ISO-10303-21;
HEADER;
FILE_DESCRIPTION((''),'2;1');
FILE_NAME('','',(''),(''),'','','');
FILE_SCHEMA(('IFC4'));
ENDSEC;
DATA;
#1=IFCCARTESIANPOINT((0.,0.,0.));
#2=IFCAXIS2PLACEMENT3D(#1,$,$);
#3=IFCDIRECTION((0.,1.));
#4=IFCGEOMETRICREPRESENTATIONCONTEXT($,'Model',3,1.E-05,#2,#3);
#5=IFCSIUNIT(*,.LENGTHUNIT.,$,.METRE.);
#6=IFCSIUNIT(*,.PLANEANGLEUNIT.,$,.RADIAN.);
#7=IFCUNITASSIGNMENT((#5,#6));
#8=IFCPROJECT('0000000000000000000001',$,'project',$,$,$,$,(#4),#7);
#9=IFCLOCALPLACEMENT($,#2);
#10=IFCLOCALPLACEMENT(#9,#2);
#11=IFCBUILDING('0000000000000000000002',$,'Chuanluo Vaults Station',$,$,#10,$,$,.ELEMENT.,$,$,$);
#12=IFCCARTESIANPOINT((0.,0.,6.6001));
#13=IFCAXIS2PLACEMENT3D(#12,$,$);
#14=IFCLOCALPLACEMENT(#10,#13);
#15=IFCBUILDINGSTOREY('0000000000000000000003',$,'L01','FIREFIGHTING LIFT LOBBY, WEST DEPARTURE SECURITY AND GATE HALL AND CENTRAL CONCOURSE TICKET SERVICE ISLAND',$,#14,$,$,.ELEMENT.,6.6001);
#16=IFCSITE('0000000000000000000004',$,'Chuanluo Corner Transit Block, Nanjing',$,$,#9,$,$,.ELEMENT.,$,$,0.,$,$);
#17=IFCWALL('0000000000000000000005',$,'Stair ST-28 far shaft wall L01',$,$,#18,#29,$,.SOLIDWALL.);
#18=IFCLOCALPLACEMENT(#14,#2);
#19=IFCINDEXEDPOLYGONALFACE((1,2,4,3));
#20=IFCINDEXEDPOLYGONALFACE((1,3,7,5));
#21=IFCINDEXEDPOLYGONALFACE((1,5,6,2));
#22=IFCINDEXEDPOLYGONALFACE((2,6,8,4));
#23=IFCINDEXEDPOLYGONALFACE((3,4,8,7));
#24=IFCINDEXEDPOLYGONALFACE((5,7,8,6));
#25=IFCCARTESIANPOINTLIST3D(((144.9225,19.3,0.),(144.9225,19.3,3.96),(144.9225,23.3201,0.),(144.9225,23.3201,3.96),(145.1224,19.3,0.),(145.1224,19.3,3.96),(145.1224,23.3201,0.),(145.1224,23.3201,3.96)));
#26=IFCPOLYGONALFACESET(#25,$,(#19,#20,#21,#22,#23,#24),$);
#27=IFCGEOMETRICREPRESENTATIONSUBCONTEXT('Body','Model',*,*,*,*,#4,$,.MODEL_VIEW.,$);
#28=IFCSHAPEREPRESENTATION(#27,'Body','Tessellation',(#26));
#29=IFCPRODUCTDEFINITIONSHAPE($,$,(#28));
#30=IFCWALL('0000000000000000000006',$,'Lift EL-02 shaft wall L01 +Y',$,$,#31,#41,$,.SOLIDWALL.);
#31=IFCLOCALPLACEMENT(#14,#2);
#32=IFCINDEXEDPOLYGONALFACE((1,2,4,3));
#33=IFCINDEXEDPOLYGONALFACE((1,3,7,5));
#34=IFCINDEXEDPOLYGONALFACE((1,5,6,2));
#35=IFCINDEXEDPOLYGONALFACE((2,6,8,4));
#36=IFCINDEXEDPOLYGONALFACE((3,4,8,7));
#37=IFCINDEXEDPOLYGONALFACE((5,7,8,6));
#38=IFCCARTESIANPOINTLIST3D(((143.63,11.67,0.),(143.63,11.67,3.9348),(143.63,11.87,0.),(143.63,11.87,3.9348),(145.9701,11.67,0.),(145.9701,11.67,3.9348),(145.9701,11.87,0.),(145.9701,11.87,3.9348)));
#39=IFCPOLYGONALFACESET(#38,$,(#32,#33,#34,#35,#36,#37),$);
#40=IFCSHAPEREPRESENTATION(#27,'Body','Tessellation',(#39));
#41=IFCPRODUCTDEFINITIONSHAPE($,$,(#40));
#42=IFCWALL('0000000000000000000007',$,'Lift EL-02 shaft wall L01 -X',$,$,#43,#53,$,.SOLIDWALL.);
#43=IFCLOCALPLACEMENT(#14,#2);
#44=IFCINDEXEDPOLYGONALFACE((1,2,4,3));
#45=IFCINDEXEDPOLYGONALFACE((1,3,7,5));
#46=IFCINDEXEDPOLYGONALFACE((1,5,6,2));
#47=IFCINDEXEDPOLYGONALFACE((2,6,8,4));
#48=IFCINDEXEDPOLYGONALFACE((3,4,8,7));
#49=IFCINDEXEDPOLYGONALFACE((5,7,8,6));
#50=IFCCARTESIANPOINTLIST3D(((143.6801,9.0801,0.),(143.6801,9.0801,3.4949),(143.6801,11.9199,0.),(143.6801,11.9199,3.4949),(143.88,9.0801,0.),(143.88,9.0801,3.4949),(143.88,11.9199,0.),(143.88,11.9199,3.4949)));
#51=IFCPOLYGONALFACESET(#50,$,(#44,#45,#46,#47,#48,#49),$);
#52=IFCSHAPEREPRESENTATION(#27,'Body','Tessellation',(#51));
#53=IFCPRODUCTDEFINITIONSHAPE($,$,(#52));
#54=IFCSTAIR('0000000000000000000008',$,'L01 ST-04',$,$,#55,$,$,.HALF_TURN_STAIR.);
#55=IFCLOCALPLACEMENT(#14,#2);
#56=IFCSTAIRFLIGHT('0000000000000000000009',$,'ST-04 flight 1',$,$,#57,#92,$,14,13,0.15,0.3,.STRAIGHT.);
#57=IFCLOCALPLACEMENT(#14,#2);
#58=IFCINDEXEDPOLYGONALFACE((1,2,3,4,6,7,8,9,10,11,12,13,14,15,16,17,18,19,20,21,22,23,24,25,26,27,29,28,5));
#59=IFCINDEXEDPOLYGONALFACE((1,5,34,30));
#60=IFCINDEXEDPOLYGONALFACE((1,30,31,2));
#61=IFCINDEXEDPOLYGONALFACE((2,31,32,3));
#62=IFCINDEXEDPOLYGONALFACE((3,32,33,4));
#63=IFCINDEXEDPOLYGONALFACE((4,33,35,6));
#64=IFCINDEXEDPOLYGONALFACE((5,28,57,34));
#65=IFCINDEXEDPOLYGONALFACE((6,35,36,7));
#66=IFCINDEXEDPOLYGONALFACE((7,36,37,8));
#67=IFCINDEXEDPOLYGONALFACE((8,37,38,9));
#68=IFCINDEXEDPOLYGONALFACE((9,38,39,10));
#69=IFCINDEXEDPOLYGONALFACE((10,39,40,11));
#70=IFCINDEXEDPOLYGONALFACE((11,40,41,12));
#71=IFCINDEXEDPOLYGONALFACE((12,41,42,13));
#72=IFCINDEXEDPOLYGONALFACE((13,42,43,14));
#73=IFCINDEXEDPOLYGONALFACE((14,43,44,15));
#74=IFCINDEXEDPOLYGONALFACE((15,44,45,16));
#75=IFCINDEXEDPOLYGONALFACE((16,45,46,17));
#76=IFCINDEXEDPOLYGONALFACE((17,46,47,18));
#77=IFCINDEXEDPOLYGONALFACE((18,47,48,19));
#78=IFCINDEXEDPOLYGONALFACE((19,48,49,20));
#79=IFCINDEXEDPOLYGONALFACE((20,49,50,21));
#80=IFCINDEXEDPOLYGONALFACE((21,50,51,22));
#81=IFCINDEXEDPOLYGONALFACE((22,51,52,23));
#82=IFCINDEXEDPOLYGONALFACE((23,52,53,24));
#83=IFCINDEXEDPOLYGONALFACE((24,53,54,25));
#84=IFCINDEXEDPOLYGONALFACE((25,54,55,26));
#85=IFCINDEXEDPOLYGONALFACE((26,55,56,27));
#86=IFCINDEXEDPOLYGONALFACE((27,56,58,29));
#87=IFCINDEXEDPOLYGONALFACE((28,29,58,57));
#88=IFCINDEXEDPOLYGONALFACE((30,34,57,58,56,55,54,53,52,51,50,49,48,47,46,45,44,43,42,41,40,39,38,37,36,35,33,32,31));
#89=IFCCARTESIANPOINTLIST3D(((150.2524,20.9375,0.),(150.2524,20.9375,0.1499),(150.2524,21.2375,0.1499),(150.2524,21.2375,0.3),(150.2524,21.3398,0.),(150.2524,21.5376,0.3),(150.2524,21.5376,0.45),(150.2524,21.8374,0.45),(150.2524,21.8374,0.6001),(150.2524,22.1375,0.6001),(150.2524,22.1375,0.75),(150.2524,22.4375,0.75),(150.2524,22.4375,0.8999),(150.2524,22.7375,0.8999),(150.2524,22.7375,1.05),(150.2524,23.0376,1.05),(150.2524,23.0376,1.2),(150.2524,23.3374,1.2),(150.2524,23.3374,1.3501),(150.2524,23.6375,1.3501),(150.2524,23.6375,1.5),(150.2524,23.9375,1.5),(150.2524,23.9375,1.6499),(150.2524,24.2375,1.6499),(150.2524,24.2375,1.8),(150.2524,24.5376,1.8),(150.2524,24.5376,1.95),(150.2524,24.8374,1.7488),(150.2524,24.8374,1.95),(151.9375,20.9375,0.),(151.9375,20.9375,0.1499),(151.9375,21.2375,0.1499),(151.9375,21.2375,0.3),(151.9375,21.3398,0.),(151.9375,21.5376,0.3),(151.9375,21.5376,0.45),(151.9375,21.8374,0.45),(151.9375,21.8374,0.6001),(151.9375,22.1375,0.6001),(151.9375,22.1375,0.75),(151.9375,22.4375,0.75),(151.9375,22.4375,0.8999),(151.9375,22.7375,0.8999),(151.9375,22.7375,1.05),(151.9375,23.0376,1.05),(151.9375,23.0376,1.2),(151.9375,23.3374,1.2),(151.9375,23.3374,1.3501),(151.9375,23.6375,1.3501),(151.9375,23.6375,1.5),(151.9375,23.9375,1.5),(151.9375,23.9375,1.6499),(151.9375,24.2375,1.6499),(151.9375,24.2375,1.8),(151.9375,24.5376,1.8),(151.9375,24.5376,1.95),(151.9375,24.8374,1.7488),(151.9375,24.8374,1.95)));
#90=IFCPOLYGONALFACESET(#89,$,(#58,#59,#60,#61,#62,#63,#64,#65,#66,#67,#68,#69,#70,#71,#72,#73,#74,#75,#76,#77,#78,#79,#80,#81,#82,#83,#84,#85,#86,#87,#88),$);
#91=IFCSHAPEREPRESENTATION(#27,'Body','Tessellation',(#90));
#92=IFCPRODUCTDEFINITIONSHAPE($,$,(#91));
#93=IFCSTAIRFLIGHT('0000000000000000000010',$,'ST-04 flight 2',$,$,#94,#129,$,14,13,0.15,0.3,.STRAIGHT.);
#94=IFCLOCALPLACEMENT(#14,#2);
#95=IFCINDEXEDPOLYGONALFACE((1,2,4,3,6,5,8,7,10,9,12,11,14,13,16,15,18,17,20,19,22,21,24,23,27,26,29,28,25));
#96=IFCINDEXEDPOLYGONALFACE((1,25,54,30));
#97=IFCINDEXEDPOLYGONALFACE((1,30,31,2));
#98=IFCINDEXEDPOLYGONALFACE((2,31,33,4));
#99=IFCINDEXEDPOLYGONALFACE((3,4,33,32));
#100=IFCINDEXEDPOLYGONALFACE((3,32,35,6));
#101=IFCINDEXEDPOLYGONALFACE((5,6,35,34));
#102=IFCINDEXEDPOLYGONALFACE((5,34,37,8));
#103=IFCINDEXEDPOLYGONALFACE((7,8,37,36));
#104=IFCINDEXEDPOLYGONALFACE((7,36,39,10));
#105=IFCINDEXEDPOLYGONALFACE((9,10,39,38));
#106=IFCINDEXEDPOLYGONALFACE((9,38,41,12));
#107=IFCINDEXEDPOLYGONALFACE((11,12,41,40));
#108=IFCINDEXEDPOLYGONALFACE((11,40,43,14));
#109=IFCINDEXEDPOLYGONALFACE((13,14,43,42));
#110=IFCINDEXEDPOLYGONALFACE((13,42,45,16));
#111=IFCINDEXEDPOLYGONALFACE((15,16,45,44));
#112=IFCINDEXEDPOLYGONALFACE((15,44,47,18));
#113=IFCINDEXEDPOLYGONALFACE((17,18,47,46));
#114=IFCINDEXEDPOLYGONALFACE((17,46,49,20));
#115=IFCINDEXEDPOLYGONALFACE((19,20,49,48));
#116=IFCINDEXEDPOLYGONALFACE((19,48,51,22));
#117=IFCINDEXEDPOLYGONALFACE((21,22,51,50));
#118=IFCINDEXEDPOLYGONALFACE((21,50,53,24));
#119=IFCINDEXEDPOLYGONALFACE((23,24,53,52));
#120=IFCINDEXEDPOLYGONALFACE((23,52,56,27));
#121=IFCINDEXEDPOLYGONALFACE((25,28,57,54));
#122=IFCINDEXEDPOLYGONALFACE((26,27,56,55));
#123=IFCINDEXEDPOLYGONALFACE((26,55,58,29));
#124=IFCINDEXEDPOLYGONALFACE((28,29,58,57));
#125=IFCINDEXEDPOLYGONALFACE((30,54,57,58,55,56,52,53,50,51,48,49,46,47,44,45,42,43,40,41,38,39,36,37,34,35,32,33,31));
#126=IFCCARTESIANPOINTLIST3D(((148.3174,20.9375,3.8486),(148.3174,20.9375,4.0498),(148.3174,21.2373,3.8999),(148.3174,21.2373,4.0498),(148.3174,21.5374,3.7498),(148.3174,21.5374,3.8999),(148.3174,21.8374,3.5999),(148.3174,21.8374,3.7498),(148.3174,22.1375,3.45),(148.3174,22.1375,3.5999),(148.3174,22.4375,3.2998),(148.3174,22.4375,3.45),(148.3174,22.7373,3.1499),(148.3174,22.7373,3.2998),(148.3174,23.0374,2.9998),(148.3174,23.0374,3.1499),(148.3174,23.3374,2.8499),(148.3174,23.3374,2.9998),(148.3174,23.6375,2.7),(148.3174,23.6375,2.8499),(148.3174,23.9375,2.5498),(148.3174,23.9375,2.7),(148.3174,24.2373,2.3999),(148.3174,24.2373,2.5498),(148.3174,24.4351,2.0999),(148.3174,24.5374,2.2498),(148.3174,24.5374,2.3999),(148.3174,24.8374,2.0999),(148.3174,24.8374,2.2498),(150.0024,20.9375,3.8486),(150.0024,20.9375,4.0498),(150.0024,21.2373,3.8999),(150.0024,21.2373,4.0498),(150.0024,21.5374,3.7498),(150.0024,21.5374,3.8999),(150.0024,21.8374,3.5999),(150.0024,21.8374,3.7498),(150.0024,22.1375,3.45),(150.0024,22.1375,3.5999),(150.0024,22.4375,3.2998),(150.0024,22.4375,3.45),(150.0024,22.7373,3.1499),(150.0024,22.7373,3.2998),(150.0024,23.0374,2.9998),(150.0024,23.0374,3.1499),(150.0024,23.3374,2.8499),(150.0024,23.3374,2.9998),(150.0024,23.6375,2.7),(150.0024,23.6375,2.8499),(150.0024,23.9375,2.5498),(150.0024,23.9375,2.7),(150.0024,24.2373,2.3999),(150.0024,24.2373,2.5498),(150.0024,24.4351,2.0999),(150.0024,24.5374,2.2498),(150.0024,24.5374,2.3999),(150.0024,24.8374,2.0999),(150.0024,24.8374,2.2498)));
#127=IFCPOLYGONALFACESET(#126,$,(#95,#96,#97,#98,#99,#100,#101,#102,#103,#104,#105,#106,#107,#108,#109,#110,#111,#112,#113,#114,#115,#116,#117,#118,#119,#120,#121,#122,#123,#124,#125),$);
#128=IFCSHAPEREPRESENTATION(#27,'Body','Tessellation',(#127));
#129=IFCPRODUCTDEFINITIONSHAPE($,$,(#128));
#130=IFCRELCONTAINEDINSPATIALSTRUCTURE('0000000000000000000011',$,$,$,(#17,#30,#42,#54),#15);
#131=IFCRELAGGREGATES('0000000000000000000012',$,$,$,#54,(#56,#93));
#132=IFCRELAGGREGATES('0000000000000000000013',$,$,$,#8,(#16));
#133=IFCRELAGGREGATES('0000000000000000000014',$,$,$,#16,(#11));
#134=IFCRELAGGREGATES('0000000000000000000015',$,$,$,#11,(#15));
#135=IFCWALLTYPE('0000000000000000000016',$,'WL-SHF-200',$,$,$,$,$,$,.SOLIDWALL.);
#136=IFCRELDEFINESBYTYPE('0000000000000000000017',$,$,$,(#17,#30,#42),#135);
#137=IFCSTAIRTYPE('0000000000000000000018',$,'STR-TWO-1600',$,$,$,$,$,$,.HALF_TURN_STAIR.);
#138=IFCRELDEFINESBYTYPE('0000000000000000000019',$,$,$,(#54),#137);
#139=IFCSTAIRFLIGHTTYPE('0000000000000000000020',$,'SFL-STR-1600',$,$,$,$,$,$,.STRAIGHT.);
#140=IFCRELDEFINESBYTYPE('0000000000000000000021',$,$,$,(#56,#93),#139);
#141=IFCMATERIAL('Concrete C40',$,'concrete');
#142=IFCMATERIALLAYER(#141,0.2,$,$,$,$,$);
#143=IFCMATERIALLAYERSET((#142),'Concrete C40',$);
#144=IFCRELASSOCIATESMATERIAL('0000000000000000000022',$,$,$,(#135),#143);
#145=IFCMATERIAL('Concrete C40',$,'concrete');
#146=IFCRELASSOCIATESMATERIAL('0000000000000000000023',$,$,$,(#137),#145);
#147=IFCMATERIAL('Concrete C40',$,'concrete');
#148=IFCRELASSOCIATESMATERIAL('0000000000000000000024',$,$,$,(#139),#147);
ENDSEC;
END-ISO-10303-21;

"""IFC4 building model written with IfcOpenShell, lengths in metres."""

from ifc_helpers import new_model, si_unit, direction, frame, frame_2d, origin, place, context, subcontext, project, spatial, polyline, rectangle, outline, extrude, material, layer, layer_set, type_object, element, aggregate, save


model = new_model("IFC4")

# Units and contexts
model_context = context("Model", 3, precision=1e-05, world=origin(), true_north=direction((0.0, 1.0)))
body_context = subcontext(model_context, "Body", "Model", "MODEL_VIEW")
ifc_project = project(units=[si_unit("LENGTHUNIT", "METRE"), si_unit("PLANEANGLEUNIT", "RADIAN")], contexts=[model_context])

# Site, building, storey
site_placement = place(None, origin())
site = spatial("IfcSite", under=ifc_project, at=site_placement, Name="Chuanluo Corner Transit Block, Nanjing", CompositionType="ELEMENT", RefElevation=0.0)
building_placement = place(site_placement, origin())
building = spatial("IfcBuilding", under=site, at=building_placement, Name="Chuanluo Vaults Station", CompositionType="ELEMENT")
storey_placement = place(building_placement, frame((0.0, 0.0, 6.6001)))
storey = spatial("IfcBuildingStorey", under=building, at=storey_placement, Name="L01", Description="FIREFIGHTING LIFT LOBBY, WEST DEPARTURE SECURITY AND GATE HALL AND CENTRAL CONCOURSE TICKET SERVICE ISLAND", CompositionType="ELEMENT", Elevation=6.6001)

# Walls
ifc_material_1 = material(Name="Concrete C40", Category="concrete")
ifc_layer_1 = layer(ifc_material_1, 0.2)
ifc_layer_set_1 = layer_set([ifc_layer_1], Name="Concrete C40")
wall_type_1 = type_object("IfcWallType", Name="WL-SHF-200", PredefinedType="SOLIDWALL", material=ifc_layer_set_1)
wall_1_placement = place(storey_placement, frame((145.0225, 19.3, 0.0), z_axis=(0.0, 0.0, 1.0), x_axis=(0.0, 1.0, 0.0)))
element("IfcWall", 1, at=wall_1_placement, inside=storey, type_object=wall_type_1, Name="Stair ST-28 far shaft wall L01", PredefinedType="SOLIDWALL", context=body_context, shape_type="SweptSolid", body=[
    extrude(rectangle(XDim=4.02, YDim=0.2, at=frame_2d((2.01, 0.0))), origin(), (0.0, 0.0, 1.0), 3.96),
])
wall_2_placement = place(storey_placement, frame((145.97, 11.77, 0.0), z_axis=(0.0, 0.0, 1.0), x_axis=(-1.0, 0.0, 0.0)))
element("IfcWall", 2, at=wall_2_placement, inside=storey, type_object=wall_type_1, Name="Lift EL-02 shaft wall L01 +Y", PredefinedType="SOLIDWALL", context=body_context, shape_type="SweptSolid", body=[
    extrude(rectangle(XDim=2.3401, YDim=0.2, at=frame_2d((1.1699, 0.0))), origin(), (0.0, 0.0, 1.0), 3.9348),
])
wall_3_placement = place(storey_placement, frame((143.78, 11.9199, 0.0), z_axis=(0.0, 0.0, 1.0), x_axis=(0.0, -1.0, 0.0)))
element("IfcWall", 3, at=wall_3_placement, inside=storey, type_object=wall_type_1, Name="Lift EL-02 shaft wall L01 -X", PredefinedType="SOLIDWALL", context=body_context, shape_type="SweptSolid", body=[
    extrude(rectangle(XDim=2.8398, YDim=0.2, at=frame_2d((1.4199, 0.0))), origin(), (0.0, 0.0, 1.0), 3.4949),
])

# Stair, stair flights
ifc_material_2 = material(Name="Concrete C40", Category="concrete")
stair_type = type_object("IfcStairType", Name="STR-TWO-1600", PredefinedType="HALF_TURN_STAIR", material=ifc_material_2)
stair_placement = place(storey_placement, origin())
stair = element("IfcStair", 4, at=stair_placement, inside=storey, type_object=stair_type, Name="L01 ST-04", PredefinedType="HALF_TURN_STAIR")
ifc_material_3 = material(Name="Concrete C40", Category="concrete")
stair_flight_type = type_object("IfcStairFlightType", Name="SFL-STR-1600", PredefinedType="STRAIGHT", material=ifc_material_3)
stair_flight_1_placement = place(storey_placement, frame((151.095, 20.9375, 0.0), z_axis=(0.0, 0.0, 1.0), x_axis=(0.0, 1.0, 0.0)))
stair_flight_1 = element("IfcStairFlight", 5, at=stair_flight_1_placement, type_object=stair_flight_type, Name="ST-04 flight 1", NumberOfRisers=14, NumberOfTreads=13, PredefinedType="STRAIGHT", RiserHeight=0.15, TreadLength=0.3, context=body_context, shape_type="SweptSolid", body=[
    extrude(outline(polyline([(0.0, 0.0), (0.0, 0.1499), (0.3, 0.1499), (0.3, 0.3), (0.6001, 0.3), (0.6001, 0.45), (0.8999, 0.45), (0.8999, 0.6001), (1.2, 0.6001), (1.2, 0.75), (1.5, 0.75), (1.5, 0.8999), (1.8, 0.8999), (1.8, 1.05), (2.1001, 1.05), (2.1001, 1.2), (2.3999, 1.2), (2.3999, 1.3501), (2.7, 1.3501), (2.7, 1.5), (3.0, 1.5), (3.0, 1.6499), (3.3, 1.6499), (3.3, 1.8), (3.6001, 1.8), (3.6001, 1.95), (3.8999, 1.95), (3.8999, 2.1001), (3.8999, 1.7488), (0.4023, 0.0), (0.0, 0.0)])), frame((0.0, 0.8425, 0.0), z_axis=(0.0, -1.0, 0.0), x_axis=(1.0, 0.0, 0.0)), (0.0, 0.0, 1.0), 1.6851),
])
stair_flight_2_placement = place(storey_placement, frame((149.1599, 24.8374, 2.0999), z_axis=(0.0, 0.0, 1.0), x_axis=(0.0, -1.0, 0.0)))
stair_flight_2 = element("IfcStairFlight", 6, at=stair_flight_2_placement, type_object=stair_flight_type, Name="ST-04 flight 2", NumberOfRisers=14, NumberOfTreads=13, PredefinedType="STRAIGHT", RiserHeight=0.15, TreadLength=0.3, context=body_context, shape_type="SweptSolid", body=[
    extrude(outline(polyline([(0.0, 0.0), (0.0, 0.1499), (0.3, 0.1499), (0.3, 0.3), (0.6001, 0.3), (0.6001, 0.45), (0.8999, 0.45), (0.8999, 0.6001), (1.2, 0.6001), (1.2, 0.75), (1.5, 0.75), (1.5, 0.8999), (1.8, 0.8999), (1.8, 1.05), (2.1001, 1.05), (2.1001, 1.2), (2.3999, 1.2), (2.3999, 1.3501), (2.7, 1.3501), (2.7, 1.5), (3.0, 1.5), (3.0, 1.6499), (3.3, 1.6499), (3.3, 1.8), (3.6001, 1.8), (3.6001, 1.95), (3.8999, 1.95), (3.8999, 2.1001), (3.8999, 1.7488), (0.4023, 0.0), (0.0, 0.0)])), frame((0.0, 0.8425, 0.0), z_axis=(0.0, -1.0, 0.0), x_axis=(1.0, 0.0, 0.0)), (0.0, 0.0, 1.0), 1.6851),
])
aggregate(stair, [stair_flight_1, stair_flight_2])

save(model, "model.ifc")
